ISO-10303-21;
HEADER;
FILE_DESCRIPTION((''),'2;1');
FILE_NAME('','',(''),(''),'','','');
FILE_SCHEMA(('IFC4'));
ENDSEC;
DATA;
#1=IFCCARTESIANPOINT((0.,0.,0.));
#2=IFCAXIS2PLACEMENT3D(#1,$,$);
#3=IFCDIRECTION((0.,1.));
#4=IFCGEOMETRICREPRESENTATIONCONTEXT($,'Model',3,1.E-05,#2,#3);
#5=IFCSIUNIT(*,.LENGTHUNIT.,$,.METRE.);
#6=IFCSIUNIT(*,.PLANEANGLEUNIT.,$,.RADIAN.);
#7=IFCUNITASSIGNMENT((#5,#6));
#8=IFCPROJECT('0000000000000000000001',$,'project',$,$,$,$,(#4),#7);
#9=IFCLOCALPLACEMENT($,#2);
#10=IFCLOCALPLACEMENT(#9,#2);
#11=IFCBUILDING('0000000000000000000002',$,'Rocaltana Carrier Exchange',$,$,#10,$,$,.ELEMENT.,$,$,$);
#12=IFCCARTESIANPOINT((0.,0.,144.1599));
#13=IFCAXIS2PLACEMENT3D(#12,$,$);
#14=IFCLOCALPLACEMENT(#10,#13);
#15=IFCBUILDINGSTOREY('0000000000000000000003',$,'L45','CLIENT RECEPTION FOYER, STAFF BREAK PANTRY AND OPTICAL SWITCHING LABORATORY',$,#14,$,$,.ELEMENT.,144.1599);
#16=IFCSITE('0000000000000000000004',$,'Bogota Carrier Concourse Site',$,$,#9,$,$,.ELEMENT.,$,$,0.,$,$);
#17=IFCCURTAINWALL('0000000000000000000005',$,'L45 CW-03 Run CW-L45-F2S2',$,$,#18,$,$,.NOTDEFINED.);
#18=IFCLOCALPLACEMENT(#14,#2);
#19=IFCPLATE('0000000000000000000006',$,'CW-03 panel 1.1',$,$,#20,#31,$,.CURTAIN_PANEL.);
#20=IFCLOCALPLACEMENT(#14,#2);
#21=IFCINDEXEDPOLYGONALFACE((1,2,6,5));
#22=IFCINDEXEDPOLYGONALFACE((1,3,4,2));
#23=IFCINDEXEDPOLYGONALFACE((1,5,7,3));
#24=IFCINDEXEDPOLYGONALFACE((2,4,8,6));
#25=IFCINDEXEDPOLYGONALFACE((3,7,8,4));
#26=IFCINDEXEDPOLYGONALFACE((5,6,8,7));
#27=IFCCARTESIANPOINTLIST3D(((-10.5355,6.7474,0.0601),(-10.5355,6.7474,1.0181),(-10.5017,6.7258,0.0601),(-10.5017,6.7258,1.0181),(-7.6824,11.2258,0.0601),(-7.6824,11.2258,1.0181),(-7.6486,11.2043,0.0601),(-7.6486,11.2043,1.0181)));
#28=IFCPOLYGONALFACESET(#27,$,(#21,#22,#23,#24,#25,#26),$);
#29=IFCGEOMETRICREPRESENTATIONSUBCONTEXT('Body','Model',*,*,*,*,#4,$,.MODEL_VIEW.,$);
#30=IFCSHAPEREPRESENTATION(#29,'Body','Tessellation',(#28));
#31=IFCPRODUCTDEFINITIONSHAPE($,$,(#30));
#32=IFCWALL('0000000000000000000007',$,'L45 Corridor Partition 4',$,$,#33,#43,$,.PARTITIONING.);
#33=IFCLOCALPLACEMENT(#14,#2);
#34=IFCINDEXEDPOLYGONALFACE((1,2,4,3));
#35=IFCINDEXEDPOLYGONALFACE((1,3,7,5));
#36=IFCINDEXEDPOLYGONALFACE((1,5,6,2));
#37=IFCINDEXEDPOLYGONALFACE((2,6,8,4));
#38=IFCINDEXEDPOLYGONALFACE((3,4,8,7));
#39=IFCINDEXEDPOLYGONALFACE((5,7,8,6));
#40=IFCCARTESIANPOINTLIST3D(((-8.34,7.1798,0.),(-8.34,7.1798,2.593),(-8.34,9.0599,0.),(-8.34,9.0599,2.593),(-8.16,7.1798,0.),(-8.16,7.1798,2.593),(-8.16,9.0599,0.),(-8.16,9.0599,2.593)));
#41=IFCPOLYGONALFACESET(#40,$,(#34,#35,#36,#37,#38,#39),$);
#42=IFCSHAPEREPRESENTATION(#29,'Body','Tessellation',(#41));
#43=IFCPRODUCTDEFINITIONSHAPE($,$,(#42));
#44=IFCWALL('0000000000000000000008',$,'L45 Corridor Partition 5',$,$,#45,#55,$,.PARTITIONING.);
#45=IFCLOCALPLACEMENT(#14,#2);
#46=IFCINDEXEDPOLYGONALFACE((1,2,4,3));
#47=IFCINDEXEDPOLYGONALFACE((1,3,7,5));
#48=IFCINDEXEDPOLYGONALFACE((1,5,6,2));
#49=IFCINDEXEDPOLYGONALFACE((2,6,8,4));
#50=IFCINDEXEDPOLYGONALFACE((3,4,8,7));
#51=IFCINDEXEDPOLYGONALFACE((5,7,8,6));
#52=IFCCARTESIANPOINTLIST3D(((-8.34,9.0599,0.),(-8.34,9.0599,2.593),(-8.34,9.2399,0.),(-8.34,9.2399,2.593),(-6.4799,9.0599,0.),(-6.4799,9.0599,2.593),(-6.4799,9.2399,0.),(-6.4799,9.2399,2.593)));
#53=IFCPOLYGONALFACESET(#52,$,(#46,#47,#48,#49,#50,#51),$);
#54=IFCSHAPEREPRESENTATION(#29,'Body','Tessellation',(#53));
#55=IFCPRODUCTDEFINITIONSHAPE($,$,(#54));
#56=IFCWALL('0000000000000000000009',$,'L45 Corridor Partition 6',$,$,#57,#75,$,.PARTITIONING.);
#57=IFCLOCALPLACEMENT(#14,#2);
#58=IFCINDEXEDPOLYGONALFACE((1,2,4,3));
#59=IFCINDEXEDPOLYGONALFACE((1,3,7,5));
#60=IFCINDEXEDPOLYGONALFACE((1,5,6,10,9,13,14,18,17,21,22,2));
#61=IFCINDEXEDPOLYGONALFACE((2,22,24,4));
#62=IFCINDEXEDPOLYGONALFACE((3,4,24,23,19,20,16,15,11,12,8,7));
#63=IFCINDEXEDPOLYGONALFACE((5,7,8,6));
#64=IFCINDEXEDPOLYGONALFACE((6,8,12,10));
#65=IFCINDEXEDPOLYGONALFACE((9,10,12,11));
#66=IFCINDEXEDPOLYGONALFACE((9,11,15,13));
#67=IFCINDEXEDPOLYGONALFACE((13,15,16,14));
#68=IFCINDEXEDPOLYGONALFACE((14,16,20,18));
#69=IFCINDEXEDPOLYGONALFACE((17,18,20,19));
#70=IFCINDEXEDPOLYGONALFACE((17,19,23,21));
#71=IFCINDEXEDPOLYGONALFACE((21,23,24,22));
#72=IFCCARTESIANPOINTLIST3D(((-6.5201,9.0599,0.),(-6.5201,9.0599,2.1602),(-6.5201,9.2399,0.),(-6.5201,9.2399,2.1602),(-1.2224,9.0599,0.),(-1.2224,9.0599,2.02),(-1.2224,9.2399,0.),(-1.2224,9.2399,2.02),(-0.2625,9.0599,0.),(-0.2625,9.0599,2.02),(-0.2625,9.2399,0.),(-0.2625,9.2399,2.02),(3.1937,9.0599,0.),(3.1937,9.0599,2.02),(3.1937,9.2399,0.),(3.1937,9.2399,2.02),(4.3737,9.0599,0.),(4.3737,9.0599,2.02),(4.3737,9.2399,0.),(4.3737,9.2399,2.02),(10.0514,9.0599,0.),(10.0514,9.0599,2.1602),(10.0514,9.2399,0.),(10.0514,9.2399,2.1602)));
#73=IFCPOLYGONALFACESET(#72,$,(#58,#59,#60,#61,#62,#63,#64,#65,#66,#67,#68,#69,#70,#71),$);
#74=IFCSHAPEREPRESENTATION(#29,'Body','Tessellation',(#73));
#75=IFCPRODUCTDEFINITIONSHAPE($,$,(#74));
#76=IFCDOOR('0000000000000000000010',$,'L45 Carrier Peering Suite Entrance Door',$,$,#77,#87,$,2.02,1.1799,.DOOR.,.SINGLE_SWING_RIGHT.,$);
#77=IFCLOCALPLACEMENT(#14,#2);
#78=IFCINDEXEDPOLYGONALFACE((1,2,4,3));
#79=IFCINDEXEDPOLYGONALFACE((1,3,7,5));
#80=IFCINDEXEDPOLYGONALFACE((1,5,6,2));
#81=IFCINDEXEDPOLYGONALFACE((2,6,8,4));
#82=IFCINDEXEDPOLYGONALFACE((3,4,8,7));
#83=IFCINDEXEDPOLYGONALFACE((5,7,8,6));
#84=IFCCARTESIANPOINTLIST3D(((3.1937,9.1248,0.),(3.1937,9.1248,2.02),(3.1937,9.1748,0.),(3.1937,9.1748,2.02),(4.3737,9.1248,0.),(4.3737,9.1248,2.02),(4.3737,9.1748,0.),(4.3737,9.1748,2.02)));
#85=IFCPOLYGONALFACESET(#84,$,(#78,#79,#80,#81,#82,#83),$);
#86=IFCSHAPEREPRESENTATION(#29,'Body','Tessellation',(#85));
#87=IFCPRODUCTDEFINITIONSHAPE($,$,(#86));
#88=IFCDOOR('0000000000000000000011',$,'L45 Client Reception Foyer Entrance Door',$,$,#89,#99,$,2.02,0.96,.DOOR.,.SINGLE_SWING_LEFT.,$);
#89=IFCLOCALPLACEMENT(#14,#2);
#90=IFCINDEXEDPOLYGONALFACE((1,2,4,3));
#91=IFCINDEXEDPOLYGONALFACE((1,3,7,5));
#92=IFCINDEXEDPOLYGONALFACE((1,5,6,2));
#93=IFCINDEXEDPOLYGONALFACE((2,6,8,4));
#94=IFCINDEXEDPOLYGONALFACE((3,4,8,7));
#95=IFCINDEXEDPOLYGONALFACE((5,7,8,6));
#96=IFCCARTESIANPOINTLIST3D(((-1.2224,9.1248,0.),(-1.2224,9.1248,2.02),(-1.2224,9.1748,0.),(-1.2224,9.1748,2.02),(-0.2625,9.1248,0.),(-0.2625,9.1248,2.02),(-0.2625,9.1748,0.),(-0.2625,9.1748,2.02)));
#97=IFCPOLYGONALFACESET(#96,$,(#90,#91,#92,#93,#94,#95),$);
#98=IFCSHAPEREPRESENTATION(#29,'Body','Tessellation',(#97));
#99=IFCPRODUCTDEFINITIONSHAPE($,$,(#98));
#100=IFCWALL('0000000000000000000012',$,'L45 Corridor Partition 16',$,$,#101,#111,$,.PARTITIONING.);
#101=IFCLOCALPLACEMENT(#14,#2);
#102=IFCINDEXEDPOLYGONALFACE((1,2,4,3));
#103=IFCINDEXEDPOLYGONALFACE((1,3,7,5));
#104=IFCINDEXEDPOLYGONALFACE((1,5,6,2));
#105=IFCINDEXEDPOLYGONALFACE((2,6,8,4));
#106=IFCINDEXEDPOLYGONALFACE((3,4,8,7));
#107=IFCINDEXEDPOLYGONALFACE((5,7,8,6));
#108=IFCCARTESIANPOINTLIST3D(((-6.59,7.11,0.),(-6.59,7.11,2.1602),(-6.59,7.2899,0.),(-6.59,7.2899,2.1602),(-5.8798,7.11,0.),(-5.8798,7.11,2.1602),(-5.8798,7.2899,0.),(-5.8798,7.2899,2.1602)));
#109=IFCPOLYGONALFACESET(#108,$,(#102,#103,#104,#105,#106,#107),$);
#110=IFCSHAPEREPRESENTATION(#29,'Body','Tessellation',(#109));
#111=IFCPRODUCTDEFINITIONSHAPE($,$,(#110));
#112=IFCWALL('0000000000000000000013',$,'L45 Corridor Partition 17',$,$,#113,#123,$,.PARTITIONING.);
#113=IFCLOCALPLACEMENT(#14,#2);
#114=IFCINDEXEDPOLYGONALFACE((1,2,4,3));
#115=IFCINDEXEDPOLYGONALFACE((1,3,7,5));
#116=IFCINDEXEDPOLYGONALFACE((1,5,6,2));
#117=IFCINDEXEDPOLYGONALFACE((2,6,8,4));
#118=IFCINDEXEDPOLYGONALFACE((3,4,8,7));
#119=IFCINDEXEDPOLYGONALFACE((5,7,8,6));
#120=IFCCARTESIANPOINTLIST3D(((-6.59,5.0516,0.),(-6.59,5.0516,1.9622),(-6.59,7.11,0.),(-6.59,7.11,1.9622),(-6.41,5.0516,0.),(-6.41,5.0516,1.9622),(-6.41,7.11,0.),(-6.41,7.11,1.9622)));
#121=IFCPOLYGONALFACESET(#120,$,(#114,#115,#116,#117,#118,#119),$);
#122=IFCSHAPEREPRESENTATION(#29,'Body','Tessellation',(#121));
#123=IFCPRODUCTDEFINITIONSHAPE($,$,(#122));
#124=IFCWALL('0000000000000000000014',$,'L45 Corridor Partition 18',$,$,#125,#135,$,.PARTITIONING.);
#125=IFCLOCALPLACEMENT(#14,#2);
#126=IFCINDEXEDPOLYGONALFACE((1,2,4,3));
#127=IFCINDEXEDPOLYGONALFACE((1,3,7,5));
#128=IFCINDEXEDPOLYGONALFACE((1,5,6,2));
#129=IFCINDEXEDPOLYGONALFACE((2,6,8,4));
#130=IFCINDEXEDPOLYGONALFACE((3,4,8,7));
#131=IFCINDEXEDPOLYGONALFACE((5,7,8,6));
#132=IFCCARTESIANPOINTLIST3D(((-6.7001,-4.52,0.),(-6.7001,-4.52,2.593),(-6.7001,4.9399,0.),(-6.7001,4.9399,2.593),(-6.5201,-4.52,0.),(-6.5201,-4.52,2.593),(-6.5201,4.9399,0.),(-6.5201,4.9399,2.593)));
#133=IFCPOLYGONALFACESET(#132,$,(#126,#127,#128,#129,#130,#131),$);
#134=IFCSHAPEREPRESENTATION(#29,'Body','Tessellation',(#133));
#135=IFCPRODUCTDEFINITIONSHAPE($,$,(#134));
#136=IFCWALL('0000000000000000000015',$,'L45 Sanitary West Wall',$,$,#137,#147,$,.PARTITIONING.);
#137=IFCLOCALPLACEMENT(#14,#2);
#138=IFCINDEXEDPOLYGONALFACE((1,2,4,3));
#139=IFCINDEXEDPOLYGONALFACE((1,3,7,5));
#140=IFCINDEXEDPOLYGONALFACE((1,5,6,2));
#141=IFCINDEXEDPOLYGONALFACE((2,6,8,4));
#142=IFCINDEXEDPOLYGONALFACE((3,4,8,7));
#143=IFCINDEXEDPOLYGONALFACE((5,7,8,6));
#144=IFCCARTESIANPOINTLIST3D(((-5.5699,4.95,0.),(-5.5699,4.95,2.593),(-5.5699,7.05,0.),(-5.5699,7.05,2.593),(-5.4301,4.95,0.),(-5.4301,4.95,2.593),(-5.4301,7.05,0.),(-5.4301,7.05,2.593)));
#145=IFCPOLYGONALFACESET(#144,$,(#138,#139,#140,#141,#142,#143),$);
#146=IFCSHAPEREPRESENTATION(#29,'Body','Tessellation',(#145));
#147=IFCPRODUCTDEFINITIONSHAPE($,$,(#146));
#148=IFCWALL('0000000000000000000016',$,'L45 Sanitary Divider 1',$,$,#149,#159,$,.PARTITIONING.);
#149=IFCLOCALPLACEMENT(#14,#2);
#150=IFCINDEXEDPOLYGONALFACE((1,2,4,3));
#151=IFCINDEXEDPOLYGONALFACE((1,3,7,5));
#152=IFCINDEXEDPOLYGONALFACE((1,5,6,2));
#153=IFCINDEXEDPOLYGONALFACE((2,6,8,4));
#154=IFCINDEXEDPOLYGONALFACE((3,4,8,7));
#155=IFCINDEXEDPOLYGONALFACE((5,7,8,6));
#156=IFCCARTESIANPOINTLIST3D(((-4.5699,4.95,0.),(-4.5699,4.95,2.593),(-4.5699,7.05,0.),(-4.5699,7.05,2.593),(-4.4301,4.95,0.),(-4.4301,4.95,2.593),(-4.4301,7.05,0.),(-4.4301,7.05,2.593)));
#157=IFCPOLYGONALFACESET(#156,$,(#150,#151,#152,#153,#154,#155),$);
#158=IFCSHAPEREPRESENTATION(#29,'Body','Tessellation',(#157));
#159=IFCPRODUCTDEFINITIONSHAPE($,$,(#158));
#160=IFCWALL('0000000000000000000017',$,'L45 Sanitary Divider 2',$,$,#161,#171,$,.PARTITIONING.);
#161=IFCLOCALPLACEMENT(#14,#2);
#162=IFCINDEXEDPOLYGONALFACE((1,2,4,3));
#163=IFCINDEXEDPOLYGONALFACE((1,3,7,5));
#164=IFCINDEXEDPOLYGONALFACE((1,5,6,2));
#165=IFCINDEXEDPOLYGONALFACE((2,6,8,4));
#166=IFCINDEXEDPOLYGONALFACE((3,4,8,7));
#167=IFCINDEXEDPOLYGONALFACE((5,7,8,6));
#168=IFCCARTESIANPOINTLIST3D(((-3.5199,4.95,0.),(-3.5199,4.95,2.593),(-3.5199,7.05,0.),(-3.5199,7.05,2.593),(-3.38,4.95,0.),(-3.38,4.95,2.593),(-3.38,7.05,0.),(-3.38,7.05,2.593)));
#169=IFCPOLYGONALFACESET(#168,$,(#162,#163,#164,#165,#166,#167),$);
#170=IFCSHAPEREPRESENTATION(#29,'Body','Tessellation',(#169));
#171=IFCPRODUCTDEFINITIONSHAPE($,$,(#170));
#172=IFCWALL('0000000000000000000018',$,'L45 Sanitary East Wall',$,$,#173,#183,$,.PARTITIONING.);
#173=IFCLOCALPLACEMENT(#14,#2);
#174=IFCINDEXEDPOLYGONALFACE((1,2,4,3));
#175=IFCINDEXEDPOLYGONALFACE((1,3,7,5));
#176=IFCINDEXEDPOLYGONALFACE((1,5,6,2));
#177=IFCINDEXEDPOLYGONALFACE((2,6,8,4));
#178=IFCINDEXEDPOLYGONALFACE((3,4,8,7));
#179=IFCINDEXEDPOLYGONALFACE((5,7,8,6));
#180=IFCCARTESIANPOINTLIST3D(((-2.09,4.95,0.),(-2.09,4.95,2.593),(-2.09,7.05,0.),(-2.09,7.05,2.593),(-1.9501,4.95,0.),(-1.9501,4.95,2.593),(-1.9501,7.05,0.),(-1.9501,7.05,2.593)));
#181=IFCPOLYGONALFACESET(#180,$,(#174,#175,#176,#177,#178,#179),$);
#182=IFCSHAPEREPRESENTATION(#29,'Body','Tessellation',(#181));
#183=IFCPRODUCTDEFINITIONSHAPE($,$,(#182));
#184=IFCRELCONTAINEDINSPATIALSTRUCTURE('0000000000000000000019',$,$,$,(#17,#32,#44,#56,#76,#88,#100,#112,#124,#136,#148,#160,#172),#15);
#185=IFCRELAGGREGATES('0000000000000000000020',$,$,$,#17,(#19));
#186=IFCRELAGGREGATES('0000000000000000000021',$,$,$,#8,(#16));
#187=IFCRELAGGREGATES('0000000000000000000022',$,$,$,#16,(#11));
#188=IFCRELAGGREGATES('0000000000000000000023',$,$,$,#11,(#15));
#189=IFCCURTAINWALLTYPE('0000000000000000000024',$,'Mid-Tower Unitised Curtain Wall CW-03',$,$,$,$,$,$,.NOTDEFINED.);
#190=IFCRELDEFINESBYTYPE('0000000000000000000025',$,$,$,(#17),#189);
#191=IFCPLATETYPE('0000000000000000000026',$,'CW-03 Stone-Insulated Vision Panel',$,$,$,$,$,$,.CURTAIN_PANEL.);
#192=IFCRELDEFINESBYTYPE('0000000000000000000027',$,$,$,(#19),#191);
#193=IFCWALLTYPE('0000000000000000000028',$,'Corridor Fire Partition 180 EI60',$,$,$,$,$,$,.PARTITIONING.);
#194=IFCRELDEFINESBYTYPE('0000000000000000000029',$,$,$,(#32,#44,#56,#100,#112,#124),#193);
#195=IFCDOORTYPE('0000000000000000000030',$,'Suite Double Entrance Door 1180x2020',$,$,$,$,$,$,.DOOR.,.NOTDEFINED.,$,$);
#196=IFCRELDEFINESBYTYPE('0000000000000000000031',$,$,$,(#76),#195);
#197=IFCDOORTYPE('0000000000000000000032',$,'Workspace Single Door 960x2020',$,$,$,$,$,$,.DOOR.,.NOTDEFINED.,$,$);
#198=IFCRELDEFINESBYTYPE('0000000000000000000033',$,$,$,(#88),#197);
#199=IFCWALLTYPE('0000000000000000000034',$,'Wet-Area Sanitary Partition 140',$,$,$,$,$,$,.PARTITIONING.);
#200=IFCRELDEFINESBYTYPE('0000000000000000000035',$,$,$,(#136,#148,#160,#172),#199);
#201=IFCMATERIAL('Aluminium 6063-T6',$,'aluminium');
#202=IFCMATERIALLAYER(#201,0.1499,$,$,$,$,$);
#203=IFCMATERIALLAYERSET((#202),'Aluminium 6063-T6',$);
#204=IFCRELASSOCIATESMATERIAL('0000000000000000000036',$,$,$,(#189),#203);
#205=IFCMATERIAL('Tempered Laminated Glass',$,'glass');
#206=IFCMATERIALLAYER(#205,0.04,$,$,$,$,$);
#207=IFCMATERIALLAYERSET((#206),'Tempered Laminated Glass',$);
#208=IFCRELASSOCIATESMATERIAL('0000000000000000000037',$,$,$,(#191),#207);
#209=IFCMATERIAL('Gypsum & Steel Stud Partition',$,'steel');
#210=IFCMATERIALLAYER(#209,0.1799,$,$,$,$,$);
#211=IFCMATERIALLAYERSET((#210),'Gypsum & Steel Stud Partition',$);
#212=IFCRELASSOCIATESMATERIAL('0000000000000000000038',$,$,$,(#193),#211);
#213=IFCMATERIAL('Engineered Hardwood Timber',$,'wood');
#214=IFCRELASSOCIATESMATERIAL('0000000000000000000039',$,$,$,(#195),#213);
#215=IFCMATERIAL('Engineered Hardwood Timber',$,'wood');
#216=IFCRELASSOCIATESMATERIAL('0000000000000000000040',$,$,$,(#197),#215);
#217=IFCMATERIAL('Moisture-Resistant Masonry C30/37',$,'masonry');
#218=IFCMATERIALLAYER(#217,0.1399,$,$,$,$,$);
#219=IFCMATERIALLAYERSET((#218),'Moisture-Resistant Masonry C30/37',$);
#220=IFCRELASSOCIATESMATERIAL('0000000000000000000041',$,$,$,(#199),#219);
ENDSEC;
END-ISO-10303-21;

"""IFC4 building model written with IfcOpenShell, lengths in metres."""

from ifc_helpers import new_model, si_unit, direction, frame, frame_2d, origin, origin_2d, place, context, subcontext, project, spatial, rectangle, extrude, material, layer, layer_set, type_object, element, fill, aggregate, save


model = new_model("IFC4")

# Units and contexts
model_context = context("Model", 3, precision=1e-05, world=origin(), true_north=direction((0.0, 1.0)))
body_context = subcontext(model_context, "Body", "Model", "MODEL_VIEW")
ifc_project = project(units=[si_unit("LENGTHUNIT", "METRE"), si_unit("PLANEANGLEUNIT", "RADIAN")], contexts=[model_context])

# Site, building, storey
site_placement = place(None, origin())
site = spatial("IfcSite", under=ifc_project, at=site_placement, Name="Bogota Carrier Concourse Site", CompositionType="ELEMENT", RefElevation=0.0)
building_placement = place(site_placement, origin())
building = spatial("IfcBuilding", under=site, at=building_placement, Name="Rocaltana Carrier Exchange", CompositionType="ELEMENT")
storey_placement = place(building_placement, frame((0.0, 0.0, 144.1599)))
storey = spatial("IfcBuildingStorey", under=building, at=storey_placement, Name="L45", Description="CLIENT RECEPTION FOYER, STAFF BREAK PANTRY AND OPTICAL SWITCHING LABORATORY", CompositionType="ELEMENT", Elevation=144.1599)

# Curtain wall
ifc_material_1 = material(Name="Aluminium 6063-T6", Category="aluminium")
ifc_layer_1 = layer(ifc_material_1, 0.1499)
ifc_layer_set_1 = layer_set([ifc_layer_1], Name="Aluminium 6063-T6")
curtain_wall_type = type_object("IfcCurtainWallType", Name="Mid-Tower Unitised Curtain Wall CW-03", PredefinedType="NOTDEFINED", material=ifc_layer_set_1)
curtain_wall_placement = place(storey_placement, origin())
curtain_wall = element("IfcCurtainWall", 1, at=curtain_wall_placement, inside=storey, type_object=curtain_wall_type, Name="L45 CW-03 Run CW-L45-F2S2", PredefinedType="NOTDEFINED")

# Plate
ifc_material_2 = material(Name="Tempered Laminated Glass", Category="glass")
ifc_layer_2 = layer(ifc_material_2, 0.04)
ifc_layer_set_2 = layer_set([ifc_layer_2], Name="Tempered Laminated Glass")
plate_type = type_object("IfcPlateType", Name="CW-03 Stone-Insulated Vision Panel", PredefinedType="CURTAIN_PANEL", material=ifc_layer_set_2)
plate_placement = place(storey_placement, frame((-9.092, 8.9758, 0.0601), z_axis=(0.0, 0.0, 1.0), x_axis=(-0.537301, -0.843391, 0.0)))
plate = element("IfcPlate", 2, at=plate_placement, type_object=plate_type, Name="CW-03 panel 1.1", PredefinedType="CURTAIN_PANEL", context=body_context, shape_type="SweptSolid", body=[
    extrude(rectangle(XDim=5.3101, YDim=0.04, at=origin_2d()), origin(), (0.0, 0.0, 1.0), 0.958),
])
aggregate(curtain_wall, [plate])

# Walls
ifc_material_3 = material(Name="Gypsum & Steel Stud Partition", Category="steel")
ifc_layer_3 = layer(ifc_material_3, 0.1799)
ifc_layer_set_3 = layer_set([ifc_layer_3], Name="Gypsum & Steel Stud Partition")
wall_type_1 = type_object("IfcWallType", Name="Corridor Fire Partition 180 EI60", PredefinedType="PARTITIONING", material=ifc_layer_set_3)
wall_1_placement = place(storey_placement, frame((-8.25, 7.1799, 0.0), z_axis=(0.0, 0.0, 1.0), x_axis=(0.0, 1.0, 0.0)))
element("IfcWall", 3, at=wall_1_placement, inside=storey, type_object=wall_type_1, Name="L45 Corridor Partition 4", PredefinedType="PARTITIONING", context=body_context, shape_type="SweptSolid", body=[
    extrude(rectangle(XDim=1.8801, YDim=0.1799, at=frame_2d((0.9399, 0.0))), origin(), (0.0, 0.0, 1.0), 2.593),
])
wall_2_placement = place(storey_placement, frame((-8.3401, 9.1499, 0.0), z_axis=(0.0, 0.0, 1.0), x_axis=(1.0, 0.0, 0.0)))
element("IfcWall", 4, at=wall_2_placement, inside=storey, type_object=wall_type_1, Name="L45 Corridor Partition 5", PredefinedType="PARTITIONING", context=body_context, shape_type="SweptSolid", body=[
    extrude(rectangle(XDim=1.8601, YDim=0.1799, at=frame_2d((0.9302, 0.0))), origin(), (0.0, 0.0, 1.0), 2.593),
])

# Wall, openings, doors
wall_3_placement = place(storey_placement, frame((-6.52, 9.1499, 0.0), z_axis=(0.0, 0.0, 1.0), x_axis=(1.0, 0.0, 0.0)))
wall_3 = element("IfcWall", 5, at=wall_3_placement, inside=storey, type_object=wall_type_1, Name="L45 Corridor Partition 6", PredefinedType="PARTITIONING", context=body_context, shape_type="SweptSolid", body=[
    extrude(rectangle(XDim=16.5715, YDim=0.1799, at=frame_2d((8.2856, 0.0))), origin(), (0.0, 0.0, 1.0), 2.1602),
])
opening_1_placement = place(wall_3_placement, frame((9.7139, 0.0, 0.0)))
opening_1 = element("IfcOpeningElement", 6, at=opening_1_placement, cuts=wall_3, PredefinedType="OPENING", context=body_context, shape_type="SweptSolid", body=[
    extrude(rectangle(XDim=1.1799, YDim=2.02, at=frame_2d((0.5898, 1.01))), frame((0.0, 0.0999, 0.0), z_axis=(0.0, -1.0, 0.0), x_axis=(1.0, 0.0, 0.0)), (0.0, 0.0, 1.0), 0.2),
])
opening_2_placement = place(wall_3_placement, frame((5.2976, 0.0, 0.0)))
opening_2 = element("IfcOpeningElement", 7, at=opening_2_placement, cuts=wall_3, PredefinedType="OPENING", context=body_context, shape_type="SweptSolid", body=[
    extrude(rectangle(XDim=0.96, YDim=2.02, at=frame_2d((0.48, 1.01))), frame((0.0, 0.0999, 0.0), z_axis=(0.0, -1.0, 0.0), x_axis=(1.0, 0.0, 0.0)), (0.0, 0.0, 1.0), 0.2),
])
ifc_material_4 = material(Name="Engineered Hardwood Timber", Category="wood")
door_type_1 = type_object("IfcDoorType", Name="Suite Double Entrance Door 1180x2020", OperationType="NOTDEFINED", PredefinedType="DOOR", material=ifc_material_4)
door_1_placement = place(opening_1_placement, origin())
door_1 = element("IfcDoor", 8, at=door_1_placement, inside=storey, type_object=door_type_1, Name="L45 Carrier Peering Suite Entrance Door", OperationType="SINGLE_SWING_RIGHT", OverallHeight=2.02, OverallWidth=1.1799, PredefinedType="DOOR", context=body_context, shape_type="SweptSolid", body=[
    extrude(rectangle(XDim=1.1799, YDim=2.02, at=frame_2d((0.5898, 1.01))), frame((0.0, 0.0249, 0.0), z_axis=(0.0, -1.0, 0.0), x_axis=(1.0, 0.0, 0.0)), (0.0, 0.0, 1.0), 0.05),
])
fill(opening_1, door_1)
ifc_material_5 = material(Name="Engineered Hardwood Timber", Category="wood")
door_type_2 = type_object("IfcDoorType", Name="Workspace Single Door 960x2020", OperationType="NOTDEFINED", PredefinedType="DOOR", material=ifc_material_5)
door_2_placement = place(opening_2_placement, origin())
door_2 = element("IfcDoor", 9, at=door_2_placement, inside=storey, type_object=door_type_2, Name="L45 Client Reception Foyer Entrance Door", OperationType="SINGLE_SWING_LEFT", OverallHeight=2.02, OverallWidth=0.96, PredefinedType="DOOR", context=body_context, shape_type="SweptSolid", body=[
    extrude(rectangle(XDim=0.96, YDim=2.02, at=frame_2d((0.48, 1.01))), frame((0.0, 0.0249, 0.0), z_axis=(0.0, -1.0, 0.0), x_axis=(1.0, 0.0, 0.0)), (0.0, 0.0, 1.0), 0.05),
])
fill(opening_2, door_2)

# Walls
wall_4_placement = place(storey_placement, frame((-5.8799, 7.2, 0.0), z_axis=(0.0, 0.0, 1.0), x_axis=(-1.0, 0.0, 0.0)))
element("IfcWall", 10, at=wall_4_placement, inside=storey, type_object=wall_type_1, Name="L45 Corridor Partition 16", PredefinedType="PARTITIONING", context=body_context, shape_type="SweptSolid", body=[
    extrude(rectangle(XDim=0.7102, YDim=0.1799, at=frame_2d((0.355, 0.0))), origin(), (0.0, 0.0, 1.0), 2.1602),
])
wall_5_placement = place(storey_placement, frame((-6.5, 7.1101, 0.0), z_axis=(0.0, 0.0, 1.0), x_axis=(0.0, -1.0, 0.0)))
element("IfcWall", 11, at=wall_5_placement, inside=storey, type_object=wall_type_1, Name="L45 Corridor Partition 17", PredefinedType="PARTITIONING", context=body_context, shape_type="SweptSolid", body=[
    extrude(rectangle(XDim=2.0583, YDim=0.1799, at=frame_2d((1.0293, 0.0))), origin(), (0.0, 0.0, 1.0), 1.9622),
])
wall_6_placement = place(storey_placement, frame((-6.6101, 4.9399, 0.0), z_axis=(0.0, 0.0, 1.0), x_axis=(0.0, -1.0, 0.0)))
element("IfcWall", 12, at=wall_6_placement, inside=storey, type_object=wall_type_1, Name="L45 Corridor Partition 18", PredefinedType="PARTITIONING", context=body_context, shape_type="SweptSolid", body=[
    extrude(rectangle(XDim=9.46, YDim=0.1799, at=frame_2d((4.73, 0.0))), origin(), (0.0, 0.0, 1.0), 2.593),
])
ifc_material_6 = material(Name="Moisture-Resistant Masonry C30/37", Category="masonry")
ifc_layer_4 = layer(ifc_material_6, 0.1399)
ifc_layer_set_4 = layer_set([ifc_layer_4], Name="Moisture-Resistant Masonry C30/37")
wall_type_2 = type_object("IfcWallType", Name="Wet-Area Sanitary Partition 140", PredefinedType="PARTITIONING", material=ifc_layer_set_4)
for number, where, z_axis, x_axis, name in (
    (13, (-5.5, 4.95, 0.0), (0.0, 0.0, 1.0), (0.0, 1.0, 0.0), "L45 Sanitary West Wall"),
    (14, (-4.5, 4.95, 0.0), (0.0, 0.0, 1.0), (0.0, 1.0, 0.0), "L45 Sanitary Divider 1"),
    (15, (-3.45, 4.95, 0.0), (0.0, 0.0, 1.0), (0.0, 1.0, 0.0), "L45 Sanitary Divider 2"),
    (16, (-2.02, 4.95, 0.0), (0.0, 0.0, 1.0), (0.0, 1.0, 0.0), "L45 Sanitary East Wall"),
):
    element("IfcWall", number, at=place(storey_placement, frame(where, z_axis=z_axis, x_axis=x_axis)), inside=storey, type_object=wall_type_2, Name=name, PredefinedType="PARTITIONING", context=body_context, shape_type="SweptSolid", body=[
        extrude(rectangle(XDim=2.1001, YDim=0.1399, at=frame_2d((1.05, 0.0))), origin(), (0.0, 0.0, 1.0), 2.593),
    ])

save(model, "model.ifc")
